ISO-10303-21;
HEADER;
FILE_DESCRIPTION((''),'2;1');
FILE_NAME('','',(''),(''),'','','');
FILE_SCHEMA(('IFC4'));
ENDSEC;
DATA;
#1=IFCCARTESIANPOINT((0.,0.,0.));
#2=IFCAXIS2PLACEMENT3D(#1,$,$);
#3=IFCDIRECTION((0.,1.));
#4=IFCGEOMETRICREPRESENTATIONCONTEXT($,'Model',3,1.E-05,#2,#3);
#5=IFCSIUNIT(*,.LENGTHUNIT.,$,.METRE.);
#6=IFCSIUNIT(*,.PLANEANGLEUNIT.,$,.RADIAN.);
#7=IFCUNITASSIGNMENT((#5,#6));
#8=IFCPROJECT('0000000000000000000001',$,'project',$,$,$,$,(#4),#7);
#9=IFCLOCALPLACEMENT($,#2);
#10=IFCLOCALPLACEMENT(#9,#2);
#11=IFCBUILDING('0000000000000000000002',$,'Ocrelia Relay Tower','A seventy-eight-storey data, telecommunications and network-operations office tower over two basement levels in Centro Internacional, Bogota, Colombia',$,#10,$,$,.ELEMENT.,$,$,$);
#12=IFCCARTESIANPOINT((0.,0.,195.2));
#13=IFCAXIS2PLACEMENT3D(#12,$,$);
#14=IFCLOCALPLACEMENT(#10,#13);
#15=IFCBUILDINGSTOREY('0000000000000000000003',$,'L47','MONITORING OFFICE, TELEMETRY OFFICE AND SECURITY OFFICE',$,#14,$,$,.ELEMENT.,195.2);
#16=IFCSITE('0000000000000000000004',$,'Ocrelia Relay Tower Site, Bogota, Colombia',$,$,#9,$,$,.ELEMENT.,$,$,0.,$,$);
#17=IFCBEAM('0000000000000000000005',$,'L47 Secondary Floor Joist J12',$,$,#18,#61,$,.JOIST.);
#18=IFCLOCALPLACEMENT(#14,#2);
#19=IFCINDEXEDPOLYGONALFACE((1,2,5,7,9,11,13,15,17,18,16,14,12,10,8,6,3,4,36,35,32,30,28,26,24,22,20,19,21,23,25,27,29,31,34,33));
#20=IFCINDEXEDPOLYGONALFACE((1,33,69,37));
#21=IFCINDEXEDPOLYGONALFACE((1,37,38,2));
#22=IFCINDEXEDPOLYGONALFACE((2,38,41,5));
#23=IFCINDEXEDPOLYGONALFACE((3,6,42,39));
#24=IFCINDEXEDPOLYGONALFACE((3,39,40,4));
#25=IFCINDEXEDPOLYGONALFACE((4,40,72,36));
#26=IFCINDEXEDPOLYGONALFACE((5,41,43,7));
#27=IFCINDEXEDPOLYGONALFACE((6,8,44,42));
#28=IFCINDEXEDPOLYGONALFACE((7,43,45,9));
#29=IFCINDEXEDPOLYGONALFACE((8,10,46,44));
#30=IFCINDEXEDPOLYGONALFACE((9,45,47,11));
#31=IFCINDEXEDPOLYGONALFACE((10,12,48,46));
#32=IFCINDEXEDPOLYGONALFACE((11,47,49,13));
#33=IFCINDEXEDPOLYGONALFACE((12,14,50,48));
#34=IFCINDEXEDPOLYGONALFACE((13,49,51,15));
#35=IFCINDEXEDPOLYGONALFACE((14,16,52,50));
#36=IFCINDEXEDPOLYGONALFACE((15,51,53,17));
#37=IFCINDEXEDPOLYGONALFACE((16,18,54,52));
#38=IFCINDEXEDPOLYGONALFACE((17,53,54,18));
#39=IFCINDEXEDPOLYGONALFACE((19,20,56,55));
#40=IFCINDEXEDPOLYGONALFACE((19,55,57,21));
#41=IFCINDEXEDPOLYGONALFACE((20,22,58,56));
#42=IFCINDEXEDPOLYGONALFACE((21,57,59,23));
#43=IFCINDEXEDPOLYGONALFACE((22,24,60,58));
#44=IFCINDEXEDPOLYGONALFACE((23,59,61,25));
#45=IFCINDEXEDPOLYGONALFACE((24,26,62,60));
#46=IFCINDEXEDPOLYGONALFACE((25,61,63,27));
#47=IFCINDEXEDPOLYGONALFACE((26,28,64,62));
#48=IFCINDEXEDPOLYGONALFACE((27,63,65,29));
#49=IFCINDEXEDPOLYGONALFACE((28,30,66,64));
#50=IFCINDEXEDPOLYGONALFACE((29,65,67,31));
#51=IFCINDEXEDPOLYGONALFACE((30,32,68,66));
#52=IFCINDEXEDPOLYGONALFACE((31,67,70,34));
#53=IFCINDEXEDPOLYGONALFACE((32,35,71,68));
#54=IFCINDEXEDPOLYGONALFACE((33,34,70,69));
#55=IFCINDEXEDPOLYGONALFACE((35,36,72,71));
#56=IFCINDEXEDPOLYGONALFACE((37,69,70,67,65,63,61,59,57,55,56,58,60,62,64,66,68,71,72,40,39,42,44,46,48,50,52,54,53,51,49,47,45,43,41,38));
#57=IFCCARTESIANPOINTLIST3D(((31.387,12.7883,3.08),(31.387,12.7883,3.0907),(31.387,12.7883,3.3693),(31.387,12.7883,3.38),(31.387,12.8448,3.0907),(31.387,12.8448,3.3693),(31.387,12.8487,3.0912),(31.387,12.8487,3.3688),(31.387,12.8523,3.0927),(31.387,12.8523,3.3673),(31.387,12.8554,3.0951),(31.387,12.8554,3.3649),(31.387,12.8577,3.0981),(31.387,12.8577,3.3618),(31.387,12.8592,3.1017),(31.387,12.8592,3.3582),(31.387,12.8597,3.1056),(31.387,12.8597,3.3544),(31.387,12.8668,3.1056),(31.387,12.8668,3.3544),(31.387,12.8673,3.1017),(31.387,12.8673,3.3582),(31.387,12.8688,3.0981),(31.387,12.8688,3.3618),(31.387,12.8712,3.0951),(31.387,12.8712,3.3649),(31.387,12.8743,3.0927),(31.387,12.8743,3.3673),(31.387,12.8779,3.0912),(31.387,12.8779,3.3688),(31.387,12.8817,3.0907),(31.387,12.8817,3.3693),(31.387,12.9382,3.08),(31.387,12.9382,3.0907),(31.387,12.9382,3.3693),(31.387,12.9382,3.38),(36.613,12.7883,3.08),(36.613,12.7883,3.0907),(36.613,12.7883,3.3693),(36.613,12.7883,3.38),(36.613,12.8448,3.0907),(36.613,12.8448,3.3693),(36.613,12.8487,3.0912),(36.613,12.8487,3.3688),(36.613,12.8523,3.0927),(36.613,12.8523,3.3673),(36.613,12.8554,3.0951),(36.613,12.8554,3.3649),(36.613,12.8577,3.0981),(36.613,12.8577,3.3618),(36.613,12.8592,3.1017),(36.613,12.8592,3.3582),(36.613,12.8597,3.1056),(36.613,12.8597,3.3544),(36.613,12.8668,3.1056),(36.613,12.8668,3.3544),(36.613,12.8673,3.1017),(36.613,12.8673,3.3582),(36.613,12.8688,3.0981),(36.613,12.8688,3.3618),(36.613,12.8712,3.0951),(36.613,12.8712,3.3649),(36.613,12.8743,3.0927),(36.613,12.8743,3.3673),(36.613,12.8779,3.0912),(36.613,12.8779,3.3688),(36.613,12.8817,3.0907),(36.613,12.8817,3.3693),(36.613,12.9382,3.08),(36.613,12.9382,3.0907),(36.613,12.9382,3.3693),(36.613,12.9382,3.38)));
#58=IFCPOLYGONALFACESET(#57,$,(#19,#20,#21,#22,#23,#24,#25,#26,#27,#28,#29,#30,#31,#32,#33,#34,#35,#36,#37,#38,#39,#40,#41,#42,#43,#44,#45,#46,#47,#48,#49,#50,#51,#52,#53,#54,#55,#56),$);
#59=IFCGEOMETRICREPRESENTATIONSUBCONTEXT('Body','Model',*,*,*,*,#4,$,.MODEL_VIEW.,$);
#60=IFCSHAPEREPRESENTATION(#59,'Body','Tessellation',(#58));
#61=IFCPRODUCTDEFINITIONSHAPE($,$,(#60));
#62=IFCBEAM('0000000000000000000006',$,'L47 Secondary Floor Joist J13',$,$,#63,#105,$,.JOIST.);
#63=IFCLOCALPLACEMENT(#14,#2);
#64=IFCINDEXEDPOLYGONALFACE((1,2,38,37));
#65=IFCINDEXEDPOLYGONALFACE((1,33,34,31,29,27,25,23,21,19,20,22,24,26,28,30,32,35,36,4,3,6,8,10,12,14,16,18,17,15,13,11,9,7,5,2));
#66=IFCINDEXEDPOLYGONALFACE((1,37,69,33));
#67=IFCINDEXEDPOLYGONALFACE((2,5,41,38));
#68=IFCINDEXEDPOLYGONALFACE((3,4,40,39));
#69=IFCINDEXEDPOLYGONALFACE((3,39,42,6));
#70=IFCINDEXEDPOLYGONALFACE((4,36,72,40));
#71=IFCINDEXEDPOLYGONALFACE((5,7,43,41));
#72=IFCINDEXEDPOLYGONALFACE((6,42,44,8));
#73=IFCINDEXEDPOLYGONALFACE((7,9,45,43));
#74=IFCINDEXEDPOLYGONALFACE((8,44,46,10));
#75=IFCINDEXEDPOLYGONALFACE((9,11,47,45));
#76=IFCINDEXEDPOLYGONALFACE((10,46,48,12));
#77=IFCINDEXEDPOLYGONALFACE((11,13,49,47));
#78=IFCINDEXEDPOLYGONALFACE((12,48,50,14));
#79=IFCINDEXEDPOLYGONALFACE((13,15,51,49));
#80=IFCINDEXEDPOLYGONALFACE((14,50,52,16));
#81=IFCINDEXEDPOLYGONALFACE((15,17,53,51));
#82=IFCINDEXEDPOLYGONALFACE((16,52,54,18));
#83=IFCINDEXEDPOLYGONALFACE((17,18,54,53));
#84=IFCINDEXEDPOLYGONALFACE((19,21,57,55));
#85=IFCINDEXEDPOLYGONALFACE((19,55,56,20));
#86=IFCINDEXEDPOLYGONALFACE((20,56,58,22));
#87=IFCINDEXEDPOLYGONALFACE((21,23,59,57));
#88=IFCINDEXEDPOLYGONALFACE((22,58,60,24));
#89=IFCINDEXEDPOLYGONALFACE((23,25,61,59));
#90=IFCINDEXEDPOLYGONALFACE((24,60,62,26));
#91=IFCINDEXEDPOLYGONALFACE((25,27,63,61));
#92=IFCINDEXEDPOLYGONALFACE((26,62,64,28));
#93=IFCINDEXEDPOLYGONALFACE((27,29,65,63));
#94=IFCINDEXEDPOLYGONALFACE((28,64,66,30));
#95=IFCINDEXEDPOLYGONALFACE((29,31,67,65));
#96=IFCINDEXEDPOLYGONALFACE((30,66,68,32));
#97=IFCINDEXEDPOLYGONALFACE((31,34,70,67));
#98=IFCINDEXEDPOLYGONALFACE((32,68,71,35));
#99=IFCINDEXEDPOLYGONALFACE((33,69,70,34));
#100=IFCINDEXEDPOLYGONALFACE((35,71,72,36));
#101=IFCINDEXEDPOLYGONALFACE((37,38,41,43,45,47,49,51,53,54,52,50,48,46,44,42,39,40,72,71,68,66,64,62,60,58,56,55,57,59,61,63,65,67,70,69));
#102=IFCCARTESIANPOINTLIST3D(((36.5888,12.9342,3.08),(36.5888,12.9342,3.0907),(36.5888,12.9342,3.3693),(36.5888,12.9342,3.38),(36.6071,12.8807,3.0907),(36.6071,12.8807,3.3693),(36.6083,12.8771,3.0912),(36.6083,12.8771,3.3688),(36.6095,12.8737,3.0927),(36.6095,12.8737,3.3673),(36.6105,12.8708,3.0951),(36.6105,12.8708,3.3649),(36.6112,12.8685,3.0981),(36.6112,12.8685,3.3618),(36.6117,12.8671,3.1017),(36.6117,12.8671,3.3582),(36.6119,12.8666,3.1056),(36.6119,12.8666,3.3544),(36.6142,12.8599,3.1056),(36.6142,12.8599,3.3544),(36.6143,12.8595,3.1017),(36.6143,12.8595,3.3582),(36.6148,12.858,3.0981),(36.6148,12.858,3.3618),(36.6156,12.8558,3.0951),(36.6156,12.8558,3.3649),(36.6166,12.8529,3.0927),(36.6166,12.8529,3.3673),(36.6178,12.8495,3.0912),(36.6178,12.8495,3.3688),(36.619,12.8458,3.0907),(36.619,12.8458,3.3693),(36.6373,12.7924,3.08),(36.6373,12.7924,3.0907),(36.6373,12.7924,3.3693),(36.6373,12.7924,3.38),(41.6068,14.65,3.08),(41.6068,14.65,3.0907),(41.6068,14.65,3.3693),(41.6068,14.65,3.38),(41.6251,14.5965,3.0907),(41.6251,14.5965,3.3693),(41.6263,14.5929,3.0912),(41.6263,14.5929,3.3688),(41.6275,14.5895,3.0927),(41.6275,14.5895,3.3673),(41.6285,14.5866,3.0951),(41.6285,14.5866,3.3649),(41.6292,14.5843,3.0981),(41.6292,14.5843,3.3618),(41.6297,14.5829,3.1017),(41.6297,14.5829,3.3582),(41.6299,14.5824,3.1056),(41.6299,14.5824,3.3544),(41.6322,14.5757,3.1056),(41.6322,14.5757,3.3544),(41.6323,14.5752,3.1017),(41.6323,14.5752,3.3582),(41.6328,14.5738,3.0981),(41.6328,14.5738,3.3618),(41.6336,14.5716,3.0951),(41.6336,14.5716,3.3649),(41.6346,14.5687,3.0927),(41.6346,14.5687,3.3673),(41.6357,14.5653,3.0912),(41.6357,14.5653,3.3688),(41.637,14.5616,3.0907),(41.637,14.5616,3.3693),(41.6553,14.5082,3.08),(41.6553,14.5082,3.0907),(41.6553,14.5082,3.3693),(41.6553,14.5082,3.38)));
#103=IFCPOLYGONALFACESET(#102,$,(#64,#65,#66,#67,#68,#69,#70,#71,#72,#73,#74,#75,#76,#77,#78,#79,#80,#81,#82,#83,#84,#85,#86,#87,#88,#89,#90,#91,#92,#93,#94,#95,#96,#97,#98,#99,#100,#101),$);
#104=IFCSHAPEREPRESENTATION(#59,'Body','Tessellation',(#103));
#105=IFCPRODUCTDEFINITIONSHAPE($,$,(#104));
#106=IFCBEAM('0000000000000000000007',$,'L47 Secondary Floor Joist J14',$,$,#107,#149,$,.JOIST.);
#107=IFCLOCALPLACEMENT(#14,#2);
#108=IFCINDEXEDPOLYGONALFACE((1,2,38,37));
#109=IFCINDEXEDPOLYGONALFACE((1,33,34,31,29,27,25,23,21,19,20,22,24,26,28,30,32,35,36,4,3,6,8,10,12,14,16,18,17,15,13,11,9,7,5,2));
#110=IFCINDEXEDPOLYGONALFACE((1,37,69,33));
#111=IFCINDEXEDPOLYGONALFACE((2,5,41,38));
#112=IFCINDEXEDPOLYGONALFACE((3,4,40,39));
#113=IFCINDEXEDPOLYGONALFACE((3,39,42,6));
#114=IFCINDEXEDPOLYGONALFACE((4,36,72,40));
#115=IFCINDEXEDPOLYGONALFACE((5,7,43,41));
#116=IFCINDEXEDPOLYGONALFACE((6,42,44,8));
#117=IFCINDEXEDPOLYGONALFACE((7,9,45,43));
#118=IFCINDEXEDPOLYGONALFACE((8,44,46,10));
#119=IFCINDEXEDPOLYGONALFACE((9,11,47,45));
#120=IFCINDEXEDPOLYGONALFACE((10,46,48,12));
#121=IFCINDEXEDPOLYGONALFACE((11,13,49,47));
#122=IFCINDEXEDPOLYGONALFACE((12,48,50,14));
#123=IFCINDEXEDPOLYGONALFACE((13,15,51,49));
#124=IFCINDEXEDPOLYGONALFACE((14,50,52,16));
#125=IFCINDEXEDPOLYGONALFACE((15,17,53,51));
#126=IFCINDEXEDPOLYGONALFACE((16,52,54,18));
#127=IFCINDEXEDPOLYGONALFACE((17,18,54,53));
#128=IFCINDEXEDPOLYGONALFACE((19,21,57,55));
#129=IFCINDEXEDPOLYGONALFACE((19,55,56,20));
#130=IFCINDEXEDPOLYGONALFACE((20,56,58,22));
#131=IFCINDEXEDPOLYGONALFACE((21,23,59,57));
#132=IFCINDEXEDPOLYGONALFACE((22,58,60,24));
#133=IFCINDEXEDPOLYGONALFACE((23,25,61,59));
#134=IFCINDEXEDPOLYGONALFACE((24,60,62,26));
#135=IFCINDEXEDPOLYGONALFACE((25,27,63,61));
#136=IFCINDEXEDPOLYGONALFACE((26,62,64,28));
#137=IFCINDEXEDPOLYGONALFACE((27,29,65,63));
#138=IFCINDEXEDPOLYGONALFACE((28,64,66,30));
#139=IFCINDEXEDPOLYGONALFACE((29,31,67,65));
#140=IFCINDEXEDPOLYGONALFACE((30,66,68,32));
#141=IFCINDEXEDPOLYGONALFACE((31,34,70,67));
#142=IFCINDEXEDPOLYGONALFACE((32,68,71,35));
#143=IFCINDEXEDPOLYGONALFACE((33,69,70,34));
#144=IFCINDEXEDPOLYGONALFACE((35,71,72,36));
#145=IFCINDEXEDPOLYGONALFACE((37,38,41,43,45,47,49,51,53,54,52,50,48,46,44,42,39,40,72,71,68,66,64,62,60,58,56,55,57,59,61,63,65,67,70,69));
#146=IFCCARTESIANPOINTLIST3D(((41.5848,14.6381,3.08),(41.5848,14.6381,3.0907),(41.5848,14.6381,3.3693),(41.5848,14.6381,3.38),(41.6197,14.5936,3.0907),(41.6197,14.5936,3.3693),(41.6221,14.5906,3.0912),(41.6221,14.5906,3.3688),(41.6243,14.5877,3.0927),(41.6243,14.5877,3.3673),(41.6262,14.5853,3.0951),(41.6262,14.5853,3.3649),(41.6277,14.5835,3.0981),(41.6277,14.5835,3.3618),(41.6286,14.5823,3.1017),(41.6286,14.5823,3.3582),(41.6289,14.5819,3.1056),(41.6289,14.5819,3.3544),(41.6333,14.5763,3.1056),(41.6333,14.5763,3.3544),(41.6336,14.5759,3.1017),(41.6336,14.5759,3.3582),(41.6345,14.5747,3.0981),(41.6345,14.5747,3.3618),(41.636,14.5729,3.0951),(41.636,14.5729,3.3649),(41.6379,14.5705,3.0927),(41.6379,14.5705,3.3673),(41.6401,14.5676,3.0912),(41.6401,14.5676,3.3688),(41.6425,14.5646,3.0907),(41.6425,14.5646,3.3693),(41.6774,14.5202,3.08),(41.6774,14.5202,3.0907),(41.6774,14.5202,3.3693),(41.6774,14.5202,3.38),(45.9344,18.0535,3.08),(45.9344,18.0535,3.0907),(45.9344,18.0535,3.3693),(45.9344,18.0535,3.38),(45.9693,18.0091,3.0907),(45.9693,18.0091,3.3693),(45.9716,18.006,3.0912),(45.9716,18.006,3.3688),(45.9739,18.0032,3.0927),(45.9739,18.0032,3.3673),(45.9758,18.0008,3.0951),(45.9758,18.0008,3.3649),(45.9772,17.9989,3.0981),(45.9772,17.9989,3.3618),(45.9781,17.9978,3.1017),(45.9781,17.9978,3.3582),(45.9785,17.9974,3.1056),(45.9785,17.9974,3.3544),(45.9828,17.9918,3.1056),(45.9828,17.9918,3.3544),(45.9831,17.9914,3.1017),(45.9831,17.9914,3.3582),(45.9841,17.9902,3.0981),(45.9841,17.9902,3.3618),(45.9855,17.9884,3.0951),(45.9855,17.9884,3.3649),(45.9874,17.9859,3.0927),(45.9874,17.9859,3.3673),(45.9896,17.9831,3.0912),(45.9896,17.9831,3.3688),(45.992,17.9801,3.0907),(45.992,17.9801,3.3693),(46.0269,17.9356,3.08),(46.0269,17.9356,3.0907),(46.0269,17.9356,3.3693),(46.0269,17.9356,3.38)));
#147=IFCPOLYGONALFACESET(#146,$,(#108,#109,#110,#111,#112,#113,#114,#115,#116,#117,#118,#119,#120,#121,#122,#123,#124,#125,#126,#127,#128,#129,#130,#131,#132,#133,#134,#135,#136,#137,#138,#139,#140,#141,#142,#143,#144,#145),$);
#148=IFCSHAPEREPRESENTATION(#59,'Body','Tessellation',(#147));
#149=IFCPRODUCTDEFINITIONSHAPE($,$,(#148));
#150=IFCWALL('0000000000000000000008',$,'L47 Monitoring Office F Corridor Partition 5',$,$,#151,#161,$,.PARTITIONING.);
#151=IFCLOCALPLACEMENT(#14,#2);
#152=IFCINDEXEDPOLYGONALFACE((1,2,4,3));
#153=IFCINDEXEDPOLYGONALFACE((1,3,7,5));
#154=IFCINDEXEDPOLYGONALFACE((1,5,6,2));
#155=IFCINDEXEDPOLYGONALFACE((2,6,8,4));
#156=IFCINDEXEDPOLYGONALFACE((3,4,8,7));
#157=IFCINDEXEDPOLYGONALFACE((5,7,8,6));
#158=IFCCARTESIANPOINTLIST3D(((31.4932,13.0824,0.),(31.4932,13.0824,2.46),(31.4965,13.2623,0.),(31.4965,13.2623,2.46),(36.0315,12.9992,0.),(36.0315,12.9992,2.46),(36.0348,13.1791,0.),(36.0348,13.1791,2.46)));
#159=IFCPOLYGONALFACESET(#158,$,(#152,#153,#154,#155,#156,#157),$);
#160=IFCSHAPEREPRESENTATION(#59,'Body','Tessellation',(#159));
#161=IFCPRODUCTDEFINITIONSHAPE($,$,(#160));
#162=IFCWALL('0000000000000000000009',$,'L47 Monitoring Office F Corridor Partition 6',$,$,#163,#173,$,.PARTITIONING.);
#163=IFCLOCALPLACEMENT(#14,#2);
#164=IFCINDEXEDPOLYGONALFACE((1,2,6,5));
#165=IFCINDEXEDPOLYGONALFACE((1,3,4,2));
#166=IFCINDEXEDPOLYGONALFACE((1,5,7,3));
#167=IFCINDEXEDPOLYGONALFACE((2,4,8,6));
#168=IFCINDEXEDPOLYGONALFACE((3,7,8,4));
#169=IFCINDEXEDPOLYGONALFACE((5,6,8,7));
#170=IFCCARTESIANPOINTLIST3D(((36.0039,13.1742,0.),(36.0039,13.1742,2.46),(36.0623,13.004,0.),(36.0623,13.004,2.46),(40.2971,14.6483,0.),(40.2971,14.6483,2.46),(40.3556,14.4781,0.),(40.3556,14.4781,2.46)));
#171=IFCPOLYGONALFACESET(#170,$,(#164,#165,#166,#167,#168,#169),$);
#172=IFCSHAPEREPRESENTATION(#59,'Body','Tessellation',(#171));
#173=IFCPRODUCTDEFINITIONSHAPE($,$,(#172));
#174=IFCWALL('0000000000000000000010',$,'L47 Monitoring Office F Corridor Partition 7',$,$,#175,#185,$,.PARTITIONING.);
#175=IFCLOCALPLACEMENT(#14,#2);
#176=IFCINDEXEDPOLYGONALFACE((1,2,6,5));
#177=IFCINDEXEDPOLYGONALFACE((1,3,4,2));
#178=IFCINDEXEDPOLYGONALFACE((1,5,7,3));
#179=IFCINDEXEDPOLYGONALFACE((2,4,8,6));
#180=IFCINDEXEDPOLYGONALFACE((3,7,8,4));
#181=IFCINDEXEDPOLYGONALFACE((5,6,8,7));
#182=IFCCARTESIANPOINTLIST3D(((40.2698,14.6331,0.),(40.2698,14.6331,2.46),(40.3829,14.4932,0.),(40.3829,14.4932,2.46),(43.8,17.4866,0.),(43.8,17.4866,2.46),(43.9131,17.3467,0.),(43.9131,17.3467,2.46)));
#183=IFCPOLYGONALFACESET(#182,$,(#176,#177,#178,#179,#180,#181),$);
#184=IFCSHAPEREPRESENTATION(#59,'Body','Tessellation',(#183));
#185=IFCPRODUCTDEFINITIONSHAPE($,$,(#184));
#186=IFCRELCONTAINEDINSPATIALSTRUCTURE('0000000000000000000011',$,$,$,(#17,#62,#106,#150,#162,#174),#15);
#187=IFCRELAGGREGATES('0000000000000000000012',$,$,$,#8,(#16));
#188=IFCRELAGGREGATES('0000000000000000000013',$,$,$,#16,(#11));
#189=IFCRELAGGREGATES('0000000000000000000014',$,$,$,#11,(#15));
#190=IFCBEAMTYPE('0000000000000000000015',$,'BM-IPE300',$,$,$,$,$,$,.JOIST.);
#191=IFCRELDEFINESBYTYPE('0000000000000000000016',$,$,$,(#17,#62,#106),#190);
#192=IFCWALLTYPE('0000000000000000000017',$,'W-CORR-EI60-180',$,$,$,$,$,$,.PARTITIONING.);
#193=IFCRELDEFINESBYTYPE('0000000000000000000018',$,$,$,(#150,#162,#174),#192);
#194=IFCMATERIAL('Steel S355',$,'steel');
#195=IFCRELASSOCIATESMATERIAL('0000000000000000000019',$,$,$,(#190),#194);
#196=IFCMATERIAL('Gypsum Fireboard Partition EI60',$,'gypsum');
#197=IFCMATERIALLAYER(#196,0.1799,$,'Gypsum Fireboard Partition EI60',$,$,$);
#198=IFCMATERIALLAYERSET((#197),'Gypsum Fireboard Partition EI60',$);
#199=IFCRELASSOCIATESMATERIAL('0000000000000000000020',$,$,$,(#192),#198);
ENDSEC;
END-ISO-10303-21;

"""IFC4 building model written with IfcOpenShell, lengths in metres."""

from ifc_helpers import new_model, si_unit, direction, frame, frame_2d, origin, origin_2d, place, context, subcontext, project, spatial, rectangle, i_section, extrude, material, layer, layer_set, material_profile, profile_set, type_object, element, save


model = new_model("IFC4")

# Units and contexts
model_context = context("Model", 3, precision=1e-05, world=origin(), true_north=direction((0.0, 1.0)))
body_context = subcontext(model_context, "Body", "Model", "MODEL_VIEW")
ifc_project = project(units=[si_unit("LENGTHUNIT", "METRE"), si_unit("PLANEANGLEUNIT", "RADIAN")], contexts=[model_context])

# Site, building, storey
site_placement = place(None, origin())
site = spatial("IfcSite", under=ifc_project, at=site_placement, Name="Ocrelia Relay Tower Site, Bogota, Colombia", CompositionType="ELEMENT", RefElevation=0.0)
building_placement = place(site_placement, origin())
building = spatial("IfcBuilding", under=site, at=building_placement, Name="Ocrelia Relay Tower", Description="A seventy-eight-storey data, telecommunications and network-operations office tower over two basement levels in Centro Internacional, Bogota, Colombia", CompositionType="ELEMENT")
storey_placement = place(building_placement, frame((0.0, 0.0, 195.2)))
storey = spatial("IfcBuildingStorey", under=building, at=storey_placement, Name="L47", Description="MONITORING OFFICE, TELEMETRY OFFICE AND SECURITY OFFICE", CompositionType="ELEMENT", Elevation=195.2)

# Beams
ifc_material_1 = material(Name="Steel S355", Category="steel")
ifc_material_profile_1 = material_profile(ifc_material_1, i_section(OverallWidth=0.1499, OverallDepth=0.3, WebThickness=0.0071, FlangeThickness=0.0107, FilletRadius=0.0149, at=origin_2d()), Name="IPE 300")
ifc_profile_set_1 = profile_set([ifc_material_profile_1], Name="Steel S355")
beam_type_1 = type_object("IfcBeamType", Name="BM-IPE300", PredefinedType="JOIST", material=ifc_profile_set_1)
beam_1_placement = place(storey_placement, frame((31.387, 12.8633, 3.23), z_axis=(1.0, 0.0, 0.0), x_axis=(0.0, 1.0, 0.0)))
element("IfcBeam", 1, at=beam_1_placement, inside=storey, type_object=beam_type_1, Name="L47 Secondary Floor Joist J12", PredefinedType="JOIST", context=body_context, shape_type="SweptSolid", body=[
    extrude(i_section(OverallWidth=0.1499, OverallDepth=0.3, WebThickness=0.0071, FlangeThickness=0.0107, FilletRadius=0.0149, at=origin_2d()), origin(), (0.0, 0.0, 1.0), 5.2261),
])
beam_2_placement = place(storey_placement, frame((36.613, 12.8633, 3.23), z_axis=(0.946215, 0.323538, 0.0), x_axis=(-0.323538, 0.946215, 0.0)))
element("IfcBeam", 2, at=beam_2_placement, inside=storey, type_object=beam_type_1, Name="L47 Secondary Floor Joist J13", PredefinedType="JOIST", context=body_context, shape_type="SweptSolid", body=[
    extrude(i_section(OverallWidth=0.1499, OverallDepth=0.3, WebThickness=0.0071, FlangeThickness=0.0107, FilletRadius=0.0149, at=origin_2d()), origin(), (0.0, 0.0, 1.0), 5.3032),
])
beam_3_placement = place(storey_placement, frame((41.6311, 14.5791, 3.23), z_axis=(0.786496, 0.617595, 0.0), x_axis=(-0.617595, 0.786496, 0.0)))
element("IfcBeam", 3, at=beam_3_placement, inside=storey, type_object=beam_type_1, Name="L47 Secondary Floor Joist J14", PredefinedType="JOIST", context=body_context, shape_type="SweptSolid", body=[
    extrude(i_section(OverallWidth=0.1499, OverallDepth=0.3, WebThickness=0.0071, FlangeThickness=0.0107, FilletRadius=0.0149, at=origin_2d()), origin(), (0.0, 0.0, 1.0), 5.5303),
])

# Walls
ifc_material_2 = material(Name="Gypsum Fireboard Partition EI60", Category="gypsum")
ifc_layer_1 = layer(ifc_material_2, 0.1799, Name="Gypsum Fireboard Partition EI60")
ifc_layer_set_1 = layer_set([ifc_layer_1], Name="Gypsum Fireboard Partition EI60")
wall_type_1 = type_object("IfcWallType", Name="W-CORR-EI60-180", PredefinedType="PARTITIONING", material=ifc_layer_set_1)
wall_1_placement = place(storey_placement, frame((31.4949, 13.1724, 0.0), z_axis=(0.0, 0.0, 1.0), x_axis=(0.999832, -0.018341, 0.0)))
element("IfcWall", 4, at=wall_1_placement, inside=storey, type_object=wall_type_1, Name="L47 Monitoring Office F Corridor Partition 5", PredefinedType="PARTITIONING", context=body_context, shape_type="SweptSolid", body=[
    extrude(rectangle(XDim=4.5391, YDim=0.1799, at=frame_2d((2.2695, 0.0))), origin(), (0.0, 0.0, 1.0), 2.46),
])
for number, where, z_axis, x_axis, name in (
    (5, (36.0332, 13.0891, 0.0), (0.0, 0.0, 1.0), (0.9458, 0.324751, 0.0), "L47 Monitoring Office F Corridor Partition 6"),
    (6, (40.3264, 14.5632, 0.0), (0.0, 0.0, 1.0), (0.777711, 0.628622, 0.0), "L47 Monitoring Office F Corridor Partition 7"),
):
    element("IfcWall", number, at=place(storey_placement, frame(where, z_axis=z_axis, x_axis=x_axis)), inside=storey, type_object=wall_type_1, Name=name, PredefinedType="PARTITIONING", context=body_context, shape_type="SweptSolid", body=[
        extrude(rectangle(XDim=4.5393, YDim=0.1799, at=frame_2d((2.2695, 0.0))), origin(), (0.0, 0.0, 1.0), 2.46),
    ])

save(model, "model.ifc")
